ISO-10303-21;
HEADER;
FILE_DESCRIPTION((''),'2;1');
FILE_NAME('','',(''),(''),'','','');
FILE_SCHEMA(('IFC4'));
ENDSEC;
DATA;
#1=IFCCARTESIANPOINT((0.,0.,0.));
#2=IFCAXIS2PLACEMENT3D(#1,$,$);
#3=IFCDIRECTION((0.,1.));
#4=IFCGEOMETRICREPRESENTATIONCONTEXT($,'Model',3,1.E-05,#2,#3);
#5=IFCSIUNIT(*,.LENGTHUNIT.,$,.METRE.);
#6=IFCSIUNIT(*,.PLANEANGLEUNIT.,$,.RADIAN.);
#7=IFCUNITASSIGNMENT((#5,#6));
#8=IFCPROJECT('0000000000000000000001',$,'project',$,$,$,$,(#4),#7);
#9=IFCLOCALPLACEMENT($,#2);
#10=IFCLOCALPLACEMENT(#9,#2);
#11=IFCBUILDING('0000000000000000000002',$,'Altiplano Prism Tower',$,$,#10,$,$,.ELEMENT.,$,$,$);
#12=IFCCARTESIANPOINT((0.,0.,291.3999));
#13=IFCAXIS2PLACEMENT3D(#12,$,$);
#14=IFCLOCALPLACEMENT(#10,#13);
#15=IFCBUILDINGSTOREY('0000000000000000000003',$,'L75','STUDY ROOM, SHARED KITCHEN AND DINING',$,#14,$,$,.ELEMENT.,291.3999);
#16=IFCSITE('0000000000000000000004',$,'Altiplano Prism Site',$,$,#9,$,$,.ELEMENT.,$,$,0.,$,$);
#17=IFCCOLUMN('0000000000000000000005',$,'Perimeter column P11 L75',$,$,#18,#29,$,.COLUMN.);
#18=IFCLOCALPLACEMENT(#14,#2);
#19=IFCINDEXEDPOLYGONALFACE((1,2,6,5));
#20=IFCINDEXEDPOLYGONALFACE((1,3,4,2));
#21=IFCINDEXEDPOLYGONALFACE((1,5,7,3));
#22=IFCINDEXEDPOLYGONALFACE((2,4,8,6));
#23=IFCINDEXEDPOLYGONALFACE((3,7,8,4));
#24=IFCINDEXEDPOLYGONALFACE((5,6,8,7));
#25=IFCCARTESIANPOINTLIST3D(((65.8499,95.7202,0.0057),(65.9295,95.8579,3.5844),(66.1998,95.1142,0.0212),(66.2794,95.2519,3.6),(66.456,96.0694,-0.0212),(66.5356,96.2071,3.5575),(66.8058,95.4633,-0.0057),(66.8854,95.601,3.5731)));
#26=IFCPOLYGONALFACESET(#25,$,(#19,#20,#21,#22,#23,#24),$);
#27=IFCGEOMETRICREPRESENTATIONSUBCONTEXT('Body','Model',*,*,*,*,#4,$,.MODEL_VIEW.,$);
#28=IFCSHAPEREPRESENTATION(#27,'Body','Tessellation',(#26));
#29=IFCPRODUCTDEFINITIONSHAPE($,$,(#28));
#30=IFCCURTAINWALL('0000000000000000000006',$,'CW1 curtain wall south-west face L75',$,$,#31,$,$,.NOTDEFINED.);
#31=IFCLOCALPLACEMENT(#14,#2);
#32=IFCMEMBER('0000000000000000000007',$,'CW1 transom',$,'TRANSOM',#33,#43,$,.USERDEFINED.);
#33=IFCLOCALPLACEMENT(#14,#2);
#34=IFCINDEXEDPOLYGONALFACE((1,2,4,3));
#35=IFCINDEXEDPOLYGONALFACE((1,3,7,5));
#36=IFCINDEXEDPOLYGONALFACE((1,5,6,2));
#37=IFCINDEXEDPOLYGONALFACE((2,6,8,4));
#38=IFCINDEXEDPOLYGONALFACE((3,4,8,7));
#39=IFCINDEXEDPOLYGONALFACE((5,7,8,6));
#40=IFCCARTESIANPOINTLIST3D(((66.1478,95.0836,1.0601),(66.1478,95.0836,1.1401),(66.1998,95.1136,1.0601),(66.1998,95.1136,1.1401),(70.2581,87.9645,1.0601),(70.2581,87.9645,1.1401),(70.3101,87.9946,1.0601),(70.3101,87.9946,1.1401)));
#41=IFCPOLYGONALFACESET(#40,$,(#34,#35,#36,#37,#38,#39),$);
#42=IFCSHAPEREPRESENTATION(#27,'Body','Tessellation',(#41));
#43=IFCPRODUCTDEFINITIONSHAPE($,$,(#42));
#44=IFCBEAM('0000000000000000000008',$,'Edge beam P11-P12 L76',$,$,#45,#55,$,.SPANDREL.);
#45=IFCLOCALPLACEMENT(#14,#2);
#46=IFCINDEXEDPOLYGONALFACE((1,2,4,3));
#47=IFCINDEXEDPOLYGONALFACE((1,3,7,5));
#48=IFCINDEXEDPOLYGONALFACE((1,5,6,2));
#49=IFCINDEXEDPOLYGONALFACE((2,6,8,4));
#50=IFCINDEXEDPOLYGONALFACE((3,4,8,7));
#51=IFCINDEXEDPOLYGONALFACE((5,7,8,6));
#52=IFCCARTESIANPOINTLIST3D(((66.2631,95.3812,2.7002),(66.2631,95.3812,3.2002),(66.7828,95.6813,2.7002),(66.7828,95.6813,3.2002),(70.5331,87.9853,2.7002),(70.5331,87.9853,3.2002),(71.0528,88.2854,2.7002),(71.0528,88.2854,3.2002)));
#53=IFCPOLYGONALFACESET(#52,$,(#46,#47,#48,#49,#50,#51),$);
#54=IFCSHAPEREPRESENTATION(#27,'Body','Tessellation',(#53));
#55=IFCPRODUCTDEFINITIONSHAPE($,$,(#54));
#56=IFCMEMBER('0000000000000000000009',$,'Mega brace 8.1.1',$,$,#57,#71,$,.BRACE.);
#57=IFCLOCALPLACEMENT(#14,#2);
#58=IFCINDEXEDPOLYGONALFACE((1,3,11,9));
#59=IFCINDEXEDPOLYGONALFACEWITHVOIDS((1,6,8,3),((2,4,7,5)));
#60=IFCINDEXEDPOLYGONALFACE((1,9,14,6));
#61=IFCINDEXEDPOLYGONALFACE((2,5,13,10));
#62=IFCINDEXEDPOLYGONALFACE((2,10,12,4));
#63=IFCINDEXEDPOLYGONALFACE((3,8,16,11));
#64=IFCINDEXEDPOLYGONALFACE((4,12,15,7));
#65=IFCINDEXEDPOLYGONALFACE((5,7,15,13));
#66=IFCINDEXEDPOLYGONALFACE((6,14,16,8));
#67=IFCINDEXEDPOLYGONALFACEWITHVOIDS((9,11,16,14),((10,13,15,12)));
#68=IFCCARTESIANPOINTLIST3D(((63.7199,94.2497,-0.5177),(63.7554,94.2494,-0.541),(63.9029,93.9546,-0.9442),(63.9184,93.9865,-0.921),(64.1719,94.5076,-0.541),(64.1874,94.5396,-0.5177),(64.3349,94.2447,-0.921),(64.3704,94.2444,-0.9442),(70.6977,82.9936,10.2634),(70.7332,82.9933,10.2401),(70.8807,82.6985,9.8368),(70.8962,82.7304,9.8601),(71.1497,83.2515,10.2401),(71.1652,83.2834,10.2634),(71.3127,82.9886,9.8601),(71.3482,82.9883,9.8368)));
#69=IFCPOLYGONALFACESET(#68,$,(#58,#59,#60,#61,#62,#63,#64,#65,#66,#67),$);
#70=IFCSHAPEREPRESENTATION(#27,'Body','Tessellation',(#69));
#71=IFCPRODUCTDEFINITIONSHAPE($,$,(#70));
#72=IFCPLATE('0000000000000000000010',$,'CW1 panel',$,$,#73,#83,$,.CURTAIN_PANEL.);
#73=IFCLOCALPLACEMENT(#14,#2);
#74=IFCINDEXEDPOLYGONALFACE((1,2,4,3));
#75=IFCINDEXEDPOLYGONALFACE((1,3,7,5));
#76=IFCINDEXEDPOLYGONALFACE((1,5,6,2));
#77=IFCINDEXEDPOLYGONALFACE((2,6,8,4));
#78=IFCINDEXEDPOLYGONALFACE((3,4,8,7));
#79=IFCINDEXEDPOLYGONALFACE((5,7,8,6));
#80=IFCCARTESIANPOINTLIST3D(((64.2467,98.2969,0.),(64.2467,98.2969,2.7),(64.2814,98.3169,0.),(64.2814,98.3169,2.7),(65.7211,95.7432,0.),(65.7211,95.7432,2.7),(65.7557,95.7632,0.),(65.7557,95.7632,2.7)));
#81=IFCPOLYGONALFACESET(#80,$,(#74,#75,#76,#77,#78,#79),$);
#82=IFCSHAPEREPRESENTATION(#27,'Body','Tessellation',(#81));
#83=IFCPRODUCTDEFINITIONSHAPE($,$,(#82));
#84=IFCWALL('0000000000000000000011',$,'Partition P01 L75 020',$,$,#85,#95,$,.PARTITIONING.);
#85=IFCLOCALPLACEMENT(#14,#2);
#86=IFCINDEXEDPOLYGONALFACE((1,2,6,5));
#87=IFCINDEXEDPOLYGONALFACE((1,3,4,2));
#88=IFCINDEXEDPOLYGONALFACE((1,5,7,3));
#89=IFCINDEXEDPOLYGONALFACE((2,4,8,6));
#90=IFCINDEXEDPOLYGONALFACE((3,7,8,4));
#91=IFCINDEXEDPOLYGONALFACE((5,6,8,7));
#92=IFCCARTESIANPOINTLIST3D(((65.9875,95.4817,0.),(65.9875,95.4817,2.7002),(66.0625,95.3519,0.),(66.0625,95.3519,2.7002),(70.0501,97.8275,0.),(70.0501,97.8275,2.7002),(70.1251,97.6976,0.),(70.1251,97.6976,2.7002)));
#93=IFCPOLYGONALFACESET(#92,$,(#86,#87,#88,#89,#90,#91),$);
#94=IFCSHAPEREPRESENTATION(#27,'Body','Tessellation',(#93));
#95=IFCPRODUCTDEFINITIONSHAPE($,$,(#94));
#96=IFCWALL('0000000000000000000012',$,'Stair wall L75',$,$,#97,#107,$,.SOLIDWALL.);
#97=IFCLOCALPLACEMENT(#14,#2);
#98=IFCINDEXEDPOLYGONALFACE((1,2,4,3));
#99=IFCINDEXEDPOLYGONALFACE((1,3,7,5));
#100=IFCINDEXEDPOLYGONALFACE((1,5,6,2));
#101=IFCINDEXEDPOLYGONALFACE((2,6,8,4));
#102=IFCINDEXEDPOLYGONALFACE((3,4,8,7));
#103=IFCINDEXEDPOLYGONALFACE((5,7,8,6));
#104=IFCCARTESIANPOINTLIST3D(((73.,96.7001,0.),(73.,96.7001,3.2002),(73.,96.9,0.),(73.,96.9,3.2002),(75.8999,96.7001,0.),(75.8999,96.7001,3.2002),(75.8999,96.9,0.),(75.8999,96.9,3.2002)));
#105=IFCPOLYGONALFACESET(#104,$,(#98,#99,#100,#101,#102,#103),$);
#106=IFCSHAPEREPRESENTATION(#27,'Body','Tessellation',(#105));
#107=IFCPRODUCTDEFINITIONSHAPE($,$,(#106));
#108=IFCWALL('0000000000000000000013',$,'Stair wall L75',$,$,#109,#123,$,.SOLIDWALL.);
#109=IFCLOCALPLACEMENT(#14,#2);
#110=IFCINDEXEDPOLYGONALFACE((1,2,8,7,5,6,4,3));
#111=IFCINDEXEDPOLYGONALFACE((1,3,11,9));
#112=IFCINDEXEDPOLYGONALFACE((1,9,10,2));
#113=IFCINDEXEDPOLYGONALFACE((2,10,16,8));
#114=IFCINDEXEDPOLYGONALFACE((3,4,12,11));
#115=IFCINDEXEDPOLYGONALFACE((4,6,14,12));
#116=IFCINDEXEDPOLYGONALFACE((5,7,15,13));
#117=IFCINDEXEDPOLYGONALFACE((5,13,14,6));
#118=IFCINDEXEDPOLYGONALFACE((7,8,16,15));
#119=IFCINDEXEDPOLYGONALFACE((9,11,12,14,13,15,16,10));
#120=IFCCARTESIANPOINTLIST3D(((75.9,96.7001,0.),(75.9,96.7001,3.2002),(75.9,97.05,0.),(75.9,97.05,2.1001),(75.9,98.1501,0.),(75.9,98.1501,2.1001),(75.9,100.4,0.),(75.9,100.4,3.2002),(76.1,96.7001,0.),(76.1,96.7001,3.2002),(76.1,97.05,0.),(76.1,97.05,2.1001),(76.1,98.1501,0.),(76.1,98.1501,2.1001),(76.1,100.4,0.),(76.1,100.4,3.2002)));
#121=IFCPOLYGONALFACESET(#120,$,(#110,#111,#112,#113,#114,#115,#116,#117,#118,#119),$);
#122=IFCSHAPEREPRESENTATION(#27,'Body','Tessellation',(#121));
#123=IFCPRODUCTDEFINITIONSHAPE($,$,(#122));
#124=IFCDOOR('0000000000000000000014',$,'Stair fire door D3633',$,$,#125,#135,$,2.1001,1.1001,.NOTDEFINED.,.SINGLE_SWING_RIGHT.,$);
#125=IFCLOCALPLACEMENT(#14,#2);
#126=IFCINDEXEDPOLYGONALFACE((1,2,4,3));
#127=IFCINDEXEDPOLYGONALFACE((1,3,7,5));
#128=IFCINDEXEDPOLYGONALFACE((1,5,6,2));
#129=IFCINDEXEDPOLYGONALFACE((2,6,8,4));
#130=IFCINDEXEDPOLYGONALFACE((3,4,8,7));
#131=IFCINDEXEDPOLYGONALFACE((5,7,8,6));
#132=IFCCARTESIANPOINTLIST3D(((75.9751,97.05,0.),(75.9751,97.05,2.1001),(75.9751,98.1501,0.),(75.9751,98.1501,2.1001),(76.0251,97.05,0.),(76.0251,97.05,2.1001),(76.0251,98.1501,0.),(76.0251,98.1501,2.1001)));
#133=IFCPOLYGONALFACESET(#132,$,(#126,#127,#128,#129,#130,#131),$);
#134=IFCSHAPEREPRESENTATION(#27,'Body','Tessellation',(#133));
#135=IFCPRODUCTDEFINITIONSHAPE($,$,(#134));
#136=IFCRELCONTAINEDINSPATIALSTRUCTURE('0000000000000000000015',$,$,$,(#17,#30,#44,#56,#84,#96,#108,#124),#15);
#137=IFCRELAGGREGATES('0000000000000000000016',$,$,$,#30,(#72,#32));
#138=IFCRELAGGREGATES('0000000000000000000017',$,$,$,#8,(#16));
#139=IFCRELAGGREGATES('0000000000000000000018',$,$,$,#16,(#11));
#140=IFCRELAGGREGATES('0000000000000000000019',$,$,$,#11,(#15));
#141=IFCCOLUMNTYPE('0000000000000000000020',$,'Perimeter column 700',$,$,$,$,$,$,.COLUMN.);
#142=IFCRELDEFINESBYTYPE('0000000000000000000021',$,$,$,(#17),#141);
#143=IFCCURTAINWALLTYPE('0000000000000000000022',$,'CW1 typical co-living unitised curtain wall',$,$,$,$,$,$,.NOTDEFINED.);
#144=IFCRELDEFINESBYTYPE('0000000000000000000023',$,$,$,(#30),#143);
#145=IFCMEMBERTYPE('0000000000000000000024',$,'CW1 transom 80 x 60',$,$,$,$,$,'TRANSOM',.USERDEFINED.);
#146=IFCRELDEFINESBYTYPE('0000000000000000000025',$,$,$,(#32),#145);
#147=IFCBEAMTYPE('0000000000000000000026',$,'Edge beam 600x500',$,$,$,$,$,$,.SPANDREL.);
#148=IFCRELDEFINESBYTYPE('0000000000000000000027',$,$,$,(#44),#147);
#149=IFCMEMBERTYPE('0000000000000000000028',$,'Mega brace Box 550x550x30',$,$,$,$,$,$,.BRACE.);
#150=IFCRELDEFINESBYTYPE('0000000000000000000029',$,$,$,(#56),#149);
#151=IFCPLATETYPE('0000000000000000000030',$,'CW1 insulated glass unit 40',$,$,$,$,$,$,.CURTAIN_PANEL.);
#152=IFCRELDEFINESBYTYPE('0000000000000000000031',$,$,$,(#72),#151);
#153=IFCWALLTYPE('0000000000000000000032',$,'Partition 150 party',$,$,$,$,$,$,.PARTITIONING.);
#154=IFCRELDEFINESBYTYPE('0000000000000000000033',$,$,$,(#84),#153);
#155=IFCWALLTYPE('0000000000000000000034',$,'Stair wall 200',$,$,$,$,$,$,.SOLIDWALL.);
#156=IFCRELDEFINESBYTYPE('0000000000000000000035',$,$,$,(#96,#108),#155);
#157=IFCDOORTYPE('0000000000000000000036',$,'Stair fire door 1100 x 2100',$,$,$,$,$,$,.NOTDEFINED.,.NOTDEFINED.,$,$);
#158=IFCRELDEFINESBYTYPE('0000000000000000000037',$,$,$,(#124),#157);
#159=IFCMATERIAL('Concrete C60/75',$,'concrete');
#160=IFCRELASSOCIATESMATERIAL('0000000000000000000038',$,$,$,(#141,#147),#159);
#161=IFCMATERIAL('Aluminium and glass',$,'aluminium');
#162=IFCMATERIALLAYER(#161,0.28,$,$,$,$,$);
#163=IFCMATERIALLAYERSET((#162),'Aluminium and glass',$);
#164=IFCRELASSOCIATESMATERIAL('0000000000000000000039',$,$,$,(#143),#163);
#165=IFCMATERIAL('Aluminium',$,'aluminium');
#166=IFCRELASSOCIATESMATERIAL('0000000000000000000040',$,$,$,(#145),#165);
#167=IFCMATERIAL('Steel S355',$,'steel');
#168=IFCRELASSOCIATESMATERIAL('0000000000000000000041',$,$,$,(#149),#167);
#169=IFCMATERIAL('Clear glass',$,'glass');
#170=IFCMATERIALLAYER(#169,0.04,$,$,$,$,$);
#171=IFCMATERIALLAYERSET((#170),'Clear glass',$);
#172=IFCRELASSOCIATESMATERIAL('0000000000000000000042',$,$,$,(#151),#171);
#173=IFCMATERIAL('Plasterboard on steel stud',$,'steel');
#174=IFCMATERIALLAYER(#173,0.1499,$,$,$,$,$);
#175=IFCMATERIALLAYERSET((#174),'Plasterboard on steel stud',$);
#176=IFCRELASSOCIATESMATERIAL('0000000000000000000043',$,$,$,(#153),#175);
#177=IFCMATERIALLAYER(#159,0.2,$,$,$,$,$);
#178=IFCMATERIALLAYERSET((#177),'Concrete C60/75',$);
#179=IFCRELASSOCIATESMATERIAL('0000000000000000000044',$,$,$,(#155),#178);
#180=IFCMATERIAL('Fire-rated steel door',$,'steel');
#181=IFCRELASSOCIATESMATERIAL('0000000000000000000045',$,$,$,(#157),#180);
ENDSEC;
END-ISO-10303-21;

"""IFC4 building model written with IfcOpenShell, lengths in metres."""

from ifc_helpers import new_model, si_unit, direction, frame, frame_2d, origin, origin_2d, place, context, subcontext, project, spatial, rectangle, hollow_rectangle, extrude, material, layer, layer_set, material_profile, profile_set, type_object, element, fill, aggregate, save


model = new_model("IFC4")

# Units and contexts
model_context = context("Model", 3, precision=1e-05, world=origin(), true_north=direction((0.0, 1.0)))
body_context = subcontext(model_context, "Body", "Model", "MODEL_VIEW")
ifc_project = project(units=[si_unit("LENGTHUNIT", "METRE"), si_unit("PLANEANGLEUNIT", "RADIAN")], contexts=[model_context])

# Site, building, storey
site_placement = place(None, origin())
site = spatial("IfcSite", under=ifc_project, at=site_placement, Name="Altiplano Prism Site", CompositionType="ELEMENT", RefElevation=0.0)
building_placement = place(site_placement, origin())
building = spatial("IfcBuilding", under=site, at=building_placement, Name="Altiplano Prism Tower", CompositionType="ELEMENT")
storey_placement = place(building_placement, frame((0.0, 0.0, 291.3999)))
storey = spatial("IfcBuildingStorey", under=building, at=storey_placement, Name="L75", Description="STUDY ROOM, SHARED KITCHEN AND DINING", CompositionType="ELEMENT", Elevation=291.3999)

# Column
ifc_material_1 = material(Name="Concrete C60/75", Category="concrete")
ifc_material_profile_1 = material_profile(ifc_material_1, rectangle(XDim=0.7, YDim=0.7, at=origin_2d()), Name="Perimeter column 700")
ifc_profile_set_1 = profile_set([ifc_material_profile_1], Name="Concrete C60/75")
column_type = type_object("IfcColumnType", Name="Perimeter column 700", PredefinedType="COLUMN", material=ifc_profile_set_1)
column_placement = place(storey_placement, frame((66.3279, 95.5918, 0.0), z_axis=(0.022217, 0.038437, 0.999014), x_axis=(-0.865847, -0.49883, 0.038448)))
element("IfcColumn", 1, at=column_placement, inside=storey, type_object=column_type, Name="Perimeter column P11 L75", PredefinedType="COLUMN", context=body_context, shape_type="SweptSolid", body=[
    extrude(rectangle(XDim=0.7, YDim=0.7, at=origin_2d()), origin(), (0.0, 0.0, 1.0), 3.5823),
])

# Curtain wall, member
ifc_material_2 = material(Name="Aluminium and glass", Category="aluminium")
ifc_layer_1 = layer(ifc_material_2, 0.28)
ifc_layer_set_1 = layer_set([ifc_layer_1], Name="Aluminium and glass")
curtain_wall_type = type_object("IfcCurtainWallType", Name="CW1 typical co-living unitised curtain wall", PredefinedType="NOTDEFINED", material=ifc_layer_set_1)
curtain_wall_placement = place(storey_placement, origin())
curtain_wall = element("IfcCurtainWall", 2, at=curtain_wall_placement, inside=storey, type_object=curtain_wall_type, Name="CW1 curtain wall south-west face L75", PredefinedType="NOTDEFINED")
ifc_material_3 = material(Name="Aluminium", Category="aluminium")
ifc_material_profile_2 = material_profile(ifc_material_3, rectangle(XDim=0.0601, YDim=0.0801, at=origin_2d()), Name="CW1 transom 80 x 60")
ifc_profile_set_2 = profile_set([ifc_material_profile_2], Name="Aluminium")
member_type_1 = type_object("IfcMemberType", Name="CW1 transom 80 x 60", ElementType="TRANSOM", PredefinedType="USERDEFINED", material=ifc_profile_set_2)
member_1_placement = place(storey_placement, frame((66.1738, 95.0986, 1.1001), z_axis=(0.50001, -0.866019, 0.0), x_axis=(0.866019, 0.50001, 0.0)))
member_1 = element("IfcMember", 3, at=member_1_placement, type_object=member_type_1, Name="CW1 transom", ObjectType="TRANSOM", PredefinedType="USERDEFINED", context=body_context, shape_type="SweptSolid", body=[
    extrude(rectangle(XDim=0.0601, YDim=0.0801, at=origin_2d()), origin(), (0.0, 0.0, 1.0), 8.2205),
])

# Beam
ifc_material_profile_3 = material_profile(ifc_material_1, rectangle(XDim=0.6001, YDim=0.5, at=origin_2d()), Name="Edge beam 600x500")
ifc_profile_set_3 = profile_set([ifc_material_profile_3], Name="Concrete C60/75")
beam_type = type_object("IfcBeamType", Name="Edge beam 600x500", PredefinedType="SPANDREL", material=ifc_profile_set_3)
beam_placement = place(storey_placement, frame((66.5229, 95.5312, 2.9502), z_axis=(0.499995, -0.866028, 0.0), x_axis=(0.866028, 0.499995, 0.0)))
element("IfcBeam", 4, at=beam_placement, inside=storey, type_object=beam_type, Name="Edge beam P11-P12 L76", PredefinedType="SPANDREL", context=body_context, shape_type="SweptSolid", body=[
    extrude(rectangle(XDim=0.6001, YDim=0.5, at=origin_2d()), origin(), (0.0, 0.0, 1.0), 8.54),
])

# Member
ifc_material_4 = material(Name="Steel S355", Category="steel")
ifc_material_profile_4 = material_profile(ifc_material_4, hollow_rectangle(XDim=0.55, YDim=0.55, WallThickness=0.03, at=origin_2d()), Name="Mega brace Box 550x550x30")
ifc_profile_set_4 = profile_set([ifc_material_profile_4], Name="Steel S355")
member_type_2 = type_object("IfcMemberType", Name="Mega brace Box 550x550x30", PredefinedType="BRACE", material=ifc_profile_set_4)
member_2_placement = place(storey_placement, frame((64.0452, 94.2471, -0.731), z_axis=(0.40861, -0.659143, 0.631322), x_axis=(0.849937, 0.526885, 0.0)))
element("IfcMember", 5, at=member_2_placement, inside=storey, type_object=member_type_2, Name="Mega brace 8.1.1", PredefinedType="BRACE", context=body_context, shape_type="SweptSolid", body=[
    extrude(hollow_rectangle(XDim=0.55, YDim=0.55, WallThickness=0.03, at=origin_2d()), origin(), (0.0, 0.0, 1.0), 17.0769),
])

# Plate
ifc_material_5 = material(Name="Clear glass", Category="glass")
ifc_layer_2 = layer(ifc_material_5, 0.04)
ifc_layer_set_2 = layer_set([ifc_layer_2], Name="Clear glass")
plate_type = type_object("IfcPlateType", Name="CW1 insulated glass unit 40", PredefinedType="CURTAIN_PANEL", material=ifc_layer_set_2)
plate_placement = place(storey_placement, frame((65.0012, 97.03, 0.0), z_axis=(0.0, 0.0, 1.0), x_axis=(0.5, -0.866025, 0.0)))
plate = element("IfcPlate", 6, at=plate_placement, type_object=plate_type, Name="CW1 panel", PredefinedType="CURTAIN_PANEL", context=body_context, shape_type="SweptSolid", body=[
    extrude(rectangle(XDim=2.9487, YDim=0.04, at=origin_2d()), origin(), (0.0, 0.0, 1.0), 2.7),
])
aggregate(curtain_wall, [plate, member_1])

# Walls
ifc_material_6 = material(Name="Plasterboard on steel stud", Category="steel")
ifc_layer_3 = layer(ifc_material_6, 0.1499)
ifc_layer_set_3 = layer_set([ifc_layer_3], Name="Plasterboard on steel stud")
wall_type_1 = type_object("IfcWallType", Name="Partition 150 party", PredefinedType="PARTITIONING", material=ifc_layer_set_3)
wall_1_placement = place(storey_placement, frame((66.0249, 95.4167, 0.0), z_axis=(0.0, 0.0, 1.0), x_axis=(0.866005, 0.500035, 0.0)))
element("IfcWall", 7, at=wall_1_placement, inside=storey, type_object=wall_type_1, Name="Partition P01 L75 020", PredefinedType="PARTITIONING", context=body_context, shape_type="SweptSolid", body=[
    extrude(rectangle(XDim=4.6912, YDim=0.1499, at=frame_2d((2.3457, 0.0))), origin(), (0.0, 0.0, 1.0), 2.7002),
])
ifc_layer_4 = layer(ifc_material_1, 0.2)
ifc_layer_set_4 = layer_set([ifc_layer_4], Name="Concrete C60/75")
wall_type_2 = type_object("IfcWallType", Name="Stair wall 200", PredefinedType="SOLIDWALL", material=ifc_layer_set_4)
wall_2_placement = place(storey_placement, frame((73.0, 96.8, 0.0), z_axis=(0.0, 0.0, 1.0), x_axis=(1.0, 0.0, 0.0)))
element("IfcWall", 8, at=wall_2_placement, inside=storey, type_object=wall_type_2, Name="Stair wall L75", PredefinedType="SOLIDWALL", context=body_context, shape_type="SweptSolid", body=[
    extrude(rectangle(XDim=2.8999, YDim=0.2, at=frame_2d((1.45, 0.0))), origin(), (0.0, 0.0, 1.0), 3.2002),
])

# Wall, opening, door
wall_3_placement = place(storey_placement, frame((76.0, 96.7, 0.0), z_axis=(0.0, 0.0, 1.0), x_axis=(0.0, 1.0, 0.0)))
wall_3 = element("IfcWall", 9, at=wall_3_placement, inside=storey, type_object=wall_type_2, Name="Stair wall L75", PredefinedType="SOLIDWALL", context=body_context, shape_type="SweptSolid", body=[
    extrude(rectangle(XDim=3.7, YDim=0.2, at=frame_2d((1.8501, 0.0))), origin(), (0.0, 0.0, 1.0), 3.2002),
])
opening_1_placement = place(wall_3_placement, frame((0.3501, 0.0, 0.0)))
opening_1 = element("IfcOpeningElement", 10, at=opening_1_placement, cuts=wall_3, PredefinedType="OPENING", context=body_context, shape_type="SweptSolid", body=[
    extrude(rectangle(XDim=1.1001, YDim=2.1001, at=frame_2d((0.55, 1.05))), frame((0.0, 0.1104, 0.0), z_axis=(0.0, -1.0, 0.0), x_axis=(1.0, 0.0, 0.0)), (0.0, 0.0, 1.0), 0.2209),
])
ifc_material_7 = material(Name="Fire-rated steel door", Category="steel")
door_type_1 = type_object("IfcDoorType", Name="Stair fire door 1100 x 2100", OperationType="NOTDEFINED", PredefinedType="NOTDEFINED", material=ifc_material_7)
door_1_placement = place(opening_1_placement, origin())
door_1 = element("IfcDoor", 11, at=door_1_placement, inside=storey, type_object=door_type_1, Name="Stair fire door D3633", OperationType="SINGLE_SWING_RIGHT", OverallHeight=2.1001, OverallWidth=1.1001, PredefinedType="NOTDEFINED", context=body_context, shape_type="SweptSolid", body=[
    extrude(rectangle(XDim=1.1001, YDim=2.1001, at=frame_2d((0.55, 1.05))), frame((0.0, 0.0249, 0.0), z_axis=(0.0, -1.0, 0.0), x_axis=(1.0, 0.0, 0.0)), (0.0, 0.0, 1.0), 0.05),
])
fill(opening_1, door_1)

save(model, "model.ifc")
